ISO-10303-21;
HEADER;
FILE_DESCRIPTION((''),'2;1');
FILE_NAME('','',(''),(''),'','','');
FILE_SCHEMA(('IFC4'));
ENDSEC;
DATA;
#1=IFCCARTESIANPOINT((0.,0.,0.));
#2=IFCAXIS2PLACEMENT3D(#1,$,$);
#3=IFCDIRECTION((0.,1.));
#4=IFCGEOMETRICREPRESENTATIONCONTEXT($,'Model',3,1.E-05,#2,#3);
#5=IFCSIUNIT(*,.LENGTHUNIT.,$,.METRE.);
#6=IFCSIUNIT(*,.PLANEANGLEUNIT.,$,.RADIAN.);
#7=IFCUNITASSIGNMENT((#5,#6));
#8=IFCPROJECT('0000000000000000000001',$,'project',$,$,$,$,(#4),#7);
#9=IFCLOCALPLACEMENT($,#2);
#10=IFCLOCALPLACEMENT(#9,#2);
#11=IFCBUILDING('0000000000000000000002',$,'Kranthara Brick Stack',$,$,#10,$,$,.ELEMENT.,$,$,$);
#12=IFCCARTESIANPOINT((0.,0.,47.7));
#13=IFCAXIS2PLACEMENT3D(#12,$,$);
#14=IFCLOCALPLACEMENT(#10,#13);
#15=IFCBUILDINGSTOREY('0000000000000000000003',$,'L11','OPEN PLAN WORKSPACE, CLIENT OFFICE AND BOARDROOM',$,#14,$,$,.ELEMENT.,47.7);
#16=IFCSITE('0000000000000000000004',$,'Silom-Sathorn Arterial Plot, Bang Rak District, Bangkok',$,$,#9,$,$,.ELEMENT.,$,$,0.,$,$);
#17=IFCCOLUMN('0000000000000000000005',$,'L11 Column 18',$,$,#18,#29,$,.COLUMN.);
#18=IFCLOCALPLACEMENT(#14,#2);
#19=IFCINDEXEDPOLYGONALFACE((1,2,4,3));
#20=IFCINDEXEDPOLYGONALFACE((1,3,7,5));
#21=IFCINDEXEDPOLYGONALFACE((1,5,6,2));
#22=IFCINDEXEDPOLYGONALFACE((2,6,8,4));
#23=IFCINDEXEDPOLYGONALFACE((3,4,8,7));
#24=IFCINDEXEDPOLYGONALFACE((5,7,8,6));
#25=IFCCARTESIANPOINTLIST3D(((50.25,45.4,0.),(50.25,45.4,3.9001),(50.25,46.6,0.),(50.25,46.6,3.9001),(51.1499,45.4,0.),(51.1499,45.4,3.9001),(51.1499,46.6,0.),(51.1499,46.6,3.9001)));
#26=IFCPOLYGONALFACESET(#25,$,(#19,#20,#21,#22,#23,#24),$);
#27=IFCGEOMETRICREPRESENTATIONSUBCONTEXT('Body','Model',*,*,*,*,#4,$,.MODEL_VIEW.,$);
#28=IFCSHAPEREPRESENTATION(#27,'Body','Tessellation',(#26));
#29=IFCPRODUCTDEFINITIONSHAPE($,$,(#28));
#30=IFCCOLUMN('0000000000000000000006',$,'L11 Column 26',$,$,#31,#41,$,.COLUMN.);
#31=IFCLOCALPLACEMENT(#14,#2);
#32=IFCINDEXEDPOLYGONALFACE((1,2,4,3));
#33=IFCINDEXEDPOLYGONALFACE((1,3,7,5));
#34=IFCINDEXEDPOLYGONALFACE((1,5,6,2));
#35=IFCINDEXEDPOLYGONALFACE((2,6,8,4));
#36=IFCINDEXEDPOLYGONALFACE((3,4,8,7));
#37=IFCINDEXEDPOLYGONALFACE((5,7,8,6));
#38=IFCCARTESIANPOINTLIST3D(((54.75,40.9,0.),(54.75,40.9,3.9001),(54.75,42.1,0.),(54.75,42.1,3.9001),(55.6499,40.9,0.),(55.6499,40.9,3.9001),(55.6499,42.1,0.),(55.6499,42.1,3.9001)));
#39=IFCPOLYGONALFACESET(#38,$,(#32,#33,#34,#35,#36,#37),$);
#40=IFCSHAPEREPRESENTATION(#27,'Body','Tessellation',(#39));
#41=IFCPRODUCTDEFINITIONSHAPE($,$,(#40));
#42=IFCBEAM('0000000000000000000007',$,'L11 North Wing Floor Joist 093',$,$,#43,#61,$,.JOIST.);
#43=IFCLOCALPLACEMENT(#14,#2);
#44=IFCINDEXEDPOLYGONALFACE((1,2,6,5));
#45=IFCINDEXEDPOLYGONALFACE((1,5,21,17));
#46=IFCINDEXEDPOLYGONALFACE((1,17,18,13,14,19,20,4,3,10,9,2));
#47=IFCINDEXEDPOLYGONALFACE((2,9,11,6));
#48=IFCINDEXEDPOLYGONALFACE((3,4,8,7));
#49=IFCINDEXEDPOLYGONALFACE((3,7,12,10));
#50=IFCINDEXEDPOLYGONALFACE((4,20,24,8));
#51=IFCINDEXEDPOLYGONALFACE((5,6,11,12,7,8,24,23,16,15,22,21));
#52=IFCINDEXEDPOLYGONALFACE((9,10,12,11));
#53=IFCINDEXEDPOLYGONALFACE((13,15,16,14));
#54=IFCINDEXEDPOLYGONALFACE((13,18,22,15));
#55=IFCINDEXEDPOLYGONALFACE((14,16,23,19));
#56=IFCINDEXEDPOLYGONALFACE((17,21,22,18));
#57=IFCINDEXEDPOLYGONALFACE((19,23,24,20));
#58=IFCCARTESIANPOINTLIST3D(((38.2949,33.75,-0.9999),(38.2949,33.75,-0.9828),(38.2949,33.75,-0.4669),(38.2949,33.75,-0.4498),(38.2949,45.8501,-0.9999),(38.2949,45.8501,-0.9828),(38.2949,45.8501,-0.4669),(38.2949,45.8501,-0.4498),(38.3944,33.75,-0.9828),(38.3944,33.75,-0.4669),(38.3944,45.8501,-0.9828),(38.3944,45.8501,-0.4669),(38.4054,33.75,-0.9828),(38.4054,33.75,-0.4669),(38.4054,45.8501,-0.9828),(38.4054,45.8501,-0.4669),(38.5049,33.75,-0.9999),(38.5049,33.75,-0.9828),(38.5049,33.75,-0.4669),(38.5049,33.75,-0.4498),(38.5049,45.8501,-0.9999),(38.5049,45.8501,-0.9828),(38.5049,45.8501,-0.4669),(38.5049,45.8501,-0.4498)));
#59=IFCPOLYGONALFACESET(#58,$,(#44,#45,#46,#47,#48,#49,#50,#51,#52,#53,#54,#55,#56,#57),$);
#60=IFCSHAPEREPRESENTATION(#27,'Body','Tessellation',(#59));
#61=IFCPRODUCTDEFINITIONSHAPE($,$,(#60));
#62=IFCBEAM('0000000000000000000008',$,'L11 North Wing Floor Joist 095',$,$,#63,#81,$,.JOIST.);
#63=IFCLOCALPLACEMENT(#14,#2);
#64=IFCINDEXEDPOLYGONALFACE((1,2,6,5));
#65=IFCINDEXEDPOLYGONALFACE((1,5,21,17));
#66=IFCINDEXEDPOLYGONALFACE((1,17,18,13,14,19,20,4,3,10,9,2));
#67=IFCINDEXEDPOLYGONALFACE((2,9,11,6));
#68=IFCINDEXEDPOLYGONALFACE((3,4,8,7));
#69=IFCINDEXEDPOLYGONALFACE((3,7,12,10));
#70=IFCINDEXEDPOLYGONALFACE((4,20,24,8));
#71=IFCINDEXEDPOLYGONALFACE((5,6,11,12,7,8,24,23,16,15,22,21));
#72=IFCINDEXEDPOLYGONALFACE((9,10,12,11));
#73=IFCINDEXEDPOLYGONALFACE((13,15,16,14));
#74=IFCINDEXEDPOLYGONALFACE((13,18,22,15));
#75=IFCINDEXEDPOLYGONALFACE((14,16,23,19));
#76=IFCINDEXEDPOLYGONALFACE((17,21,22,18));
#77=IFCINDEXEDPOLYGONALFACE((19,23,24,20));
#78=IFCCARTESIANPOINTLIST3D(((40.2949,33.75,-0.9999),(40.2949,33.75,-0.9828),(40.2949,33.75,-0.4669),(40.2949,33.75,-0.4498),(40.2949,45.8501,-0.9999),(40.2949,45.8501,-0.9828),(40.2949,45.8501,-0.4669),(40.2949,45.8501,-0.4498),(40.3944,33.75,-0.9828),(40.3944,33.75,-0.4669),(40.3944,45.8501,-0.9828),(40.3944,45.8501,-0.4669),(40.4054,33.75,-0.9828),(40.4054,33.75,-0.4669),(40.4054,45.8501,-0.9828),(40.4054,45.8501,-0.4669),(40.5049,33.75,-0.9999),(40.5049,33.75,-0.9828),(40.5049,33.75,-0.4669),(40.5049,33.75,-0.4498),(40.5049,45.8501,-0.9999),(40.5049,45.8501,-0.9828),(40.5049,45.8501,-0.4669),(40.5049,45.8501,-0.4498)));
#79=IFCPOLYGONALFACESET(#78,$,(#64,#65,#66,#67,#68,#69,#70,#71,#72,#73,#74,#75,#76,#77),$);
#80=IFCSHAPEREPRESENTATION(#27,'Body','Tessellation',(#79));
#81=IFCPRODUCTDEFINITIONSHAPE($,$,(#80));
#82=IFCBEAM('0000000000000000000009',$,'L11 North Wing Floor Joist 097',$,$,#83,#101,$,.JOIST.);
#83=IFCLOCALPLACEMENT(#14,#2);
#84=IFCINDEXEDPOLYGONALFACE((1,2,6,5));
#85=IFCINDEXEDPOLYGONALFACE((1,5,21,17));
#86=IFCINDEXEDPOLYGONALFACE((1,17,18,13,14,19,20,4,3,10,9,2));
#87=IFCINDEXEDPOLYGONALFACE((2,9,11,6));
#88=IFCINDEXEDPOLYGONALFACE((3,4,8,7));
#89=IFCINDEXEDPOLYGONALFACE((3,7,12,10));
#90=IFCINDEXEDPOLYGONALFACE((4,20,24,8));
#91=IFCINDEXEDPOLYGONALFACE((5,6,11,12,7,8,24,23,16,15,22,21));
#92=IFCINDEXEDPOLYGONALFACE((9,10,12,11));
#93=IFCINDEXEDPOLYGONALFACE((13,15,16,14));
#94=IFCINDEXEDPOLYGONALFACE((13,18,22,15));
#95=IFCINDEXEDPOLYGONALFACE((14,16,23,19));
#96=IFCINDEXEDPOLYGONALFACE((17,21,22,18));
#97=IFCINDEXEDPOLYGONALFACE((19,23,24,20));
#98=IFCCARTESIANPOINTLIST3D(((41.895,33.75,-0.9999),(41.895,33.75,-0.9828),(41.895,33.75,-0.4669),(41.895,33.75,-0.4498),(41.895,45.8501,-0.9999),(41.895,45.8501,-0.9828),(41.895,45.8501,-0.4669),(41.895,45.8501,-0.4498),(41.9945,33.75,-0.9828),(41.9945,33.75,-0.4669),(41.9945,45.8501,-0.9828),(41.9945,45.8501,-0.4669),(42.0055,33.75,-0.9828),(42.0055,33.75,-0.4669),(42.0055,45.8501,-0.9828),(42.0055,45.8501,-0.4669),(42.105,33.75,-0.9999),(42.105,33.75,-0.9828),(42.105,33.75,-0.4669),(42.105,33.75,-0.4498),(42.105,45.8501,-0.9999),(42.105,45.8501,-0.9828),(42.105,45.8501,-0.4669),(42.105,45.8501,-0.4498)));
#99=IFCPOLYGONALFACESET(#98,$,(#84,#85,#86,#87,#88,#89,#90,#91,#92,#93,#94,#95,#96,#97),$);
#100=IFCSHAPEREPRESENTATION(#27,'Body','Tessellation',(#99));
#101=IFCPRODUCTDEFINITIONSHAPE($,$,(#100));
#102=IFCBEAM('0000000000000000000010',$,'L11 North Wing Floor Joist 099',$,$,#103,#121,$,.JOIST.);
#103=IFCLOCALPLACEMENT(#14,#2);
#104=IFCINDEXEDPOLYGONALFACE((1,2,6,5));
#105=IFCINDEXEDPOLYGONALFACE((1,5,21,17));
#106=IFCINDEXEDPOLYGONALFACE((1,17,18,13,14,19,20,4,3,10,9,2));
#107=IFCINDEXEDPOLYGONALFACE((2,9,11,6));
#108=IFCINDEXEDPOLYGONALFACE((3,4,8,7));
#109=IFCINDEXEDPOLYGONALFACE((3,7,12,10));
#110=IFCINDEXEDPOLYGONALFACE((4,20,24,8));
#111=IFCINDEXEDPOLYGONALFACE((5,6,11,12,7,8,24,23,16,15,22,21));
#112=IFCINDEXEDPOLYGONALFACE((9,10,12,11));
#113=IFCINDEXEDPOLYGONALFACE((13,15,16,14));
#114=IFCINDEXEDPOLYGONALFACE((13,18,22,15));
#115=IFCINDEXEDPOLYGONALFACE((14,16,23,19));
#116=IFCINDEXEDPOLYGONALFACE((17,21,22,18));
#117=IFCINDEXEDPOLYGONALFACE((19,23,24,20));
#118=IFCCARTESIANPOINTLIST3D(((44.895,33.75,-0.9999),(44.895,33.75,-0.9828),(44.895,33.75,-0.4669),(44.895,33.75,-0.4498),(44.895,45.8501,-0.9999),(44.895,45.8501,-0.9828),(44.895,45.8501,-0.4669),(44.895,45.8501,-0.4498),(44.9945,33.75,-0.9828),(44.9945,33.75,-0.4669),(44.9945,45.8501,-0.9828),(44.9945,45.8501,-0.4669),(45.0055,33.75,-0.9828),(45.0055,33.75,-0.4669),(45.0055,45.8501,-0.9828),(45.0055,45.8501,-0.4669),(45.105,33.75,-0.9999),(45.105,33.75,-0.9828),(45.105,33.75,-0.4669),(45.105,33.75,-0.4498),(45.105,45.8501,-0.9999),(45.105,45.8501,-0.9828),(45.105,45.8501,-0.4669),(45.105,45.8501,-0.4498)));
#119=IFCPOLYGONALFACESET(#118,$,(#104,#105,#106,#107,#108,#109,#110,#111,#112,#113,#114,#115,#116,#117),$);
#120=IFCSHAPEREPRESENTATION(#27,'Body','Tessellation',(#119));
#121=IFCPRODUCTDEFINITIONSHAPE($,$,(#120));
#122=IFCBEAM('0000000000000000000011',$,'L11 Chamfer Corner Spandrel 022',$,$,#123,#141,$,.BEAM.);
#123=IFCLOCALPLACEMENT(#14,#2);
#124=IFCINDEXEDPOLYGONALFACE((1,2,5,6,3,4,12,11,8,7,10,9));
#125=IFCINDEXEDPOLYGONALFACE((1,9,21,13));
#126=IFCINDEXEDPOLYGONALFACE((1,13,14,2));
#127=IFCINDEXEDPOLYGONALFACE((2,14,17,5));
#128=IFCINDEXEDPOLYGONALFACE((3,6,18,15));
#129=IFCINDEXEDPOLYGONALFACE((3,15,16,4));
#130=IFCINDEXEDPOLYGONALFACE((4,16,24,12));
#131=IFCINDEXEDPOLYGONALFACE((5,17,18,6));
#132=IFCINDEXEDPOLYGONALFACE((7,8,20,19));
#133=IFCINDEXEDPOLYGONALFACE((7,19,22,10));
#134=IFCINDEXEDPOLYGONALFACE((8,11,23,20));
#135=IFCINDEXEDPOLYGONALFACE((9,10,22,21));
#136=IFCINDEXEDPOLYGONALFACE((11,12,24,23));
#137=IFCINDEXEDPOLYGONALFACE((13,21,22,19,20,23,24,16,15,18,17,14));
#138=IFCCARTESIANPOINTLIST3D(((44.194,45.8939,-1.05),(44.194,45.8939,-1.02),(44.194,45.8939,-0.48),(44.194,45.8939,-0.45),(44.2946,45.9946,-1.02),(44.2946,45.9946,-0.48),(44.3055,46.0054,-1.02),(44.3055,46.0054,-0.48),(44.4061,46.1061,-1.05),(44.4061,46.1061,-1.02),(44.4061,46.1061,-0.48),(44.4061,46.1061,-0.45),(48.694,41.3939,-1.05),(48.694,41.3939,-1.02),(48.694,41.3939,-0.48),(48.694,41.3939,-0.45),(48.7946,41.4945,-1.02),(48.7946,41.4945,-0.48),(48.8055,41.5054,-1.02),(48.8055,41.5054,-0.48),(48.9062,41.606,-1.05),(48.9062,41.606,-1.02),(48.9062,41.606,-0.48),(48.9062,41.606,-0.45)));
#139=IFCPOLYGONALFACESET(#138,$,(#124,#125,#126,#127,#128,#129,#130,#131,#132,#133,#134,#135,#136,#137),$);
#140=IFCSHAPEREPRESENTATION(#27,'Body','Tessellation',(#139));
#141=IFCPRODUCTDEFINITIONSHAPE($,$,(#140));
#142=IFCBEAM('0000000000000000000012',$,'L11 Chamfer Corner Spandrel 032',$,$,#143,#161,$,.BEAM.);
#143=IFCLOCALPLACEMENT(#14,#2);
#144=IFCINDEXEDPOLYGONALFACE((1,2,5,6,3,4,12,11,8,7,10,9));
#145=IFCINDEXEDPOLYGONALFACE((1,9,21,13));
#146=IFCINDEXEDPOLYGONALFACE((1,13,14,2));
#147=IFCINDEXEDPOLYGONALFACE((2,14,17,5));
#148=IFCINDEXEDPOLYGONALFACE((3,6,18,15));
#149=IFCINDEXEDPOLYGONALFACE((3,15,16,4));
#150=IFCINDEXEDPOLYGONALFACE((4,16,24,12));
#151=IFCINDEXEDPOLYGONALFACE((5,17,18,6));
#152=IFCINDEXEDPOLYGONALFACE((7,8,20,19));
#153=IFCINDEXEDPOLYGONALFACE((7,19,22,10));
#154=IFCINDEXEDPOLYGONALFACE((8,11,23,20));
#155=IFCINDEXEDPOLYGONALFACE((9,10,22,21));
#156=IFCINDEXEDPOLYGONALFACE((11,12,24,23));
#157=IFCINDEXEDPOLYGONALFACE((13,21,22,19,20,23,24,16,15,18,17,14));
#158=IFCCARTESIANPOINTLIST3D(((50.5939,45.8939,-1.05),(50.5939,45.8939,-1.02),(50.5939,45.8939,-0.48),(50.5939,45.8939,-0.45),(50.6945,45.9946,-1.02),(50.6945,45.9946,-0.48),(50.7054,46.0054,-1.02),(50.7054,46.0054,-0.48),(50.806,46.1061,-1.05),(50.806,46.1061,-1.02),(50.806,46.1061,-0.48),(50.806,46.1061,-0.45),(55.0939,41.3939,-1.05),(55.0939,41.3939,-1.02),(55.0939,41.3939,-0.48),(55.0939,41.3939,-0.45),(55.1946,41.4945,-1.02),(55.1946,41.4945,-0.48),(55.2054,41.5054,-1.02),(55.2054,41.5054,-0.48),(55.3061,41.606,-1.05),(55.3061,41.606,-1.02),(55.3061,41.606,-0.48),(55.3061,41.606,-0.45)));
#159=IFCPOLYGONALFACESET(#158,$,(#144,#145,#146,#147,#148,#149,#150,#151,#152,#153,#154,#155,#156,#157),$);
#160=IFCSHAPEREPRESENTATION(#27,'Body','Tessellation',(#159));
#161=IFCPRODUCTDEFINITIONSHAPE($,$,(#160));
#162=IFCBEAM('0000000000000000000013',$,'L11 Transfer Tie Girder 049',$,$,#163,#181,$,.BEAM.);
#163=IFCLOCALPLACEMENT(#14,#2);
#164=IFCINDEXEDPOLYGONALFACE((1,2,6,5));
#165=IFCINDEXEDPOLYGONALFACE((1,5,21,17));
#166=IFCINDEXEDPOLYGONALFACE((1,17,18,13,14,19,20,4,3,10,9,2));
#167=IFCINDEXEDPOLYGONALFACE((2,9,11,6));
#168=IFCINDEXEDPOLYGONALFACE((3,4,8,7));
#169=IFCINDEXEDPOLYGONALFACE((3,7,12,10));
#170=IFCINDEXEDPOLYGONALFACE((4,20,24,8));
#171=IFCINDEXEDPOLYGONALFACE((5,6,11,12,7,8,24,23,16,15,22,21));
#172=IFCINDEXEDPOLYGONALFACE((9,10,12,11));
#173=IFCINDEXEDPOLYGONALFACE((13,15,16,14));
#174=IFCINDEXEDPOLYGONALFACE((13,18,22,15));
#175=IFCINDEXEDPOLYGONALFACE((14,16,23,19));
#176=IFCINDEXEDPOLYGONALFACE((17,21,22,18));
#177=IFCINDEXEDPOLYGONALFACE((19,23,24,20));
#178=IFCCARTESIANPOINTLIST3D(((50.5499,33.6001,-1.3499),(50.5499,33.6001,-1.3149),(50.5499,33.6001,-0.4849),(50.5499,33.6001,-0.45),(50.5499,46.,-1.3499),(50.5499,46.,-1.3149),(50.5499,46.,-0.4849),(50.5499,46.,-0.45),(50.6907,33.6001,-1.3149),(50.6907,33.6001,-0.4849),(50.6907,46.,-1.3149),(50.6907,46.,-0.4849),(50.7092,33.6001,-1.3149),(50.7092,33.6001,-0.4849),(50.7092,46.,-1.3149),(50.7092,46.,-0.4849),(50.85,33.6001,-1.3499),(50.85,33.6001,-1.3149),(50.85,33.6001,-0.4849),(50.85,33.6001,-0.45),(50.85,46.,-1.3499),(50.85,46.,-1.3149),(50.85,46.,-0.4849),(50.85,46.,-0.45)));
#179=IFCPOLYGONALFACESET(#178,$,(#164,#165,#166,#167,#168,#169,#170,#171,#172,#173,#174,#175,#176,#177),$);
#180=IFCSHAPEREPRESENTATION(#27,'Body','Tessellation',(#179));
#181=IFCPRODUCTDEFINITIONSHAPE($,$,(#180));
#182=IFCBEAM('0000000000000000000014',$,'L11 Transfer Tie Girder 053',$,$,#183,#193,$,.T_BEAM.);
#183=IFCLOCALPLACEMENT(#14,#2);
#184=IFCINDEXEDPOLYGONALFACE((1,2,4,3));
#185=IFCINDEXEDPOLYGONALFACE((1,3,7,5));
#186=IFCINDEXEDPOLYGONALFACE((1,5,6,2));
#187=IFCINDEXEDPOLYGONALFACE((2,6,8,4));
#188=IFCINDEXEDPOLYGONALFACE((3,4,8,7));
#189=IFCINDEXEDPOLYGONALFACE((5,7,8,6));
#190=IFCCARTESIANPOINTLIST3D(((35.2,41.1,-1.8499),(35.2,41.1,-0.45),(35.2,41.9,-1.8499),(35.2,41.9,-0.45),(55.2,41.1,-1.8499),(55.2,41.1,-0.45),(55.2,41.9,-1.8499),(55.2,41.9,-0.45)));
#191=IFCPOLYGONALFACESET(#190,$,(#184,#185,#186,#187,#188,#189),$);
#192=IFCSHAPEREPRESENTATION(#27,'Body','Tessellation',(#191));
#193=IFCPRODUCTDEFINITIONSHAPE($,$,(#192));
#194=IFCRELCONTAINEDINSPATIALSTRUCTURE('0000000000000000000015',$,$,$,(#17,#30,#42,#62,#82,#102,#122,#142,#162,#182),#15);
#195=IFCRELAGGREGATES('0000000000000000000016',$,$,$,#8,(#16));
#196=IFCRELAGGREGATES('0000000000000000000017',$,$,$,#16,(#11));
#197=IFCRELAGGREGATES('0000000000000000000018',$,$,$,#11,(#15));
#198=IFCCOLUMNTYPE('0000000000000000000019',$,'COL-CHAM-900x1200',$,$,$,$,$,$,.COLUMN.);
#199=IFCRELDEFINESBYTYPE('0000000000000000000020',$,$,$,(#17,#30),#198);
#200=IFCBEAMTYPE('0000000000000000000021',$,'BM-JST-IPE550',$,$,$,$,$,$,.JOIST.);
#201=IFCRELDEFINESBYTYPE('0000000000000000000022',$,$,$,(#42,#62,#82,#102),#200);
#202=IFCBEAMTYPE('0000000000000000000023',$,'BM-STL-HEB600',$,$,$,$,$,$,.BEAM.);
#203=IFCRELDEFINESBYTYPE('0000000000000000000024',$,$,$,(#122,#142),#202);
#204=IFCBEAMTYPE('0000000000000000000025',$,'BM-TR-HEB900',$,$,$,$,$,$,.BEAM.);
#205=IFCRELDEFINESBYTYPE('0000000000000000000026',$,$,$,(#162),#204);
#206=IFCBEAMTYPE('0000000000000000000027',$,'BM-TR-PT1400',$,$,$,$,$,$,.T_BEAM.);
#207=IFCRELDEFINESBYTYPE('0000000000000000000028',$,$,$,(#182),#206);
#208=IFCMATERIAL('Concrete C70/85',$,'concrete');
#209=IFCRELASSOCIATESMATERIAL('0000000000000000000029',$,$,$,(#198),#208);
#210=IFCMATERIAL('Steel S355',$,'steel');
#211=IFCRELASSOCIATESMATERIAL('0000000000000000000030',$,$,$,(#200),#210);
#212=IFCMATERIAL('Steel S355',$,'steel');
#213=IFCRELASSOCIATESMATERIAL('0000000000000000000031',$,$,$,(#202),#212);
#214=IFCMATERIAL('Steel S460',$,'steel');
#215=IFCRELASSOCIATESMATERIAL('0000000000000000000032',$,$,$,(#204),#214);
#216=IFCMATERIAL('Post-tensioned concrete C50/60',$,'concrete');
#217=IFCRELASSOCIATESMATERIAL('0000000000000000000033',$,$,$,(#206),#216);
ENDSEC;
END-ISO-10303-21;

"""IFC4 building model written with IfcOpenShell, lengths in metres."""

from ifc_helpers import new_model, si_unit, direction, frame, origin, origin_2d, place, context, subcontext, project, spatial, rectangle, i_section, extrude, material, material_profile, profile_set, type_object, element, save


model = new_model("IFC4")

# Units and contexts
model_context = context("Model", 3, precision=1e-05, world=origin(), true_north=direction((0.0, 1.0)))
body_context = subcontext(model_context, "Body", "Model", "MODEL_VIEW")
ifc_project = project(units=[si_unit("LENGTHUNIT", "METRE"), si_unit("PLANEANGLEUNIT", "RADIAN")], contexts=[model_context])

# Site, building, storey
site_placement = place(None, origin())
site = spatial("IfcSite", under=ifc_project, at=site_placement, Name="Silom-Sathorn Arterial Plot, Bang Rak District, Bangkok", CompositionType="ELEMENT", RefElevation=0.0)
building_placement = place(site_placement, origin())
building = spatial("IfcBuilding", under=site, at=building_placement, Name="Kranthara Brick Stack", CompositionType="ELEMENT")
storey_placement = place(building_placement, frame((0.0, 0.0, 47.7)))
storey = spatial("IfcBuildingStorey", under=building, at=storey_placement, Name="L11", Description="OPEN PLAN WORKSPACE, CLIENT OFFICE AND BOARDROOM", CompositionType="ELEMENT", Elevation=47.7)

# Columns
ifc_material_1 = material(Name="Concrete C70/85", Category="concrete")
ifc_material_profile_1 = material_profile(ifc_material_1, rectangle(XDim=0.8999, YDim=1.2, at=origin_2d()), Name="RC 900x1200")
ifc_profile_set_1 = profile_set([ifc_material_profile_1], Name="Concrete C70/85")
column_type = type_object("IfcColumnType", Name="COL-CHAM-900x1200", PredefinedType="COLUMN", material=ifc_profile_set_1)
for number, where, z_axis, x_axis, name in (
    (1, (50.7, 46.0, 0.0), (0.0, 0.0, 1.0), (1.0, 0.0, 0.0), "L11 Column 18"),
    (2, (55.2, 41.5, 0.0), (0.0, 0.0, 1.0), (1.0, 0.0, 0.0), "L11 Column 26"),
):
    element("IfcColumn", number, at=place(storey_placement, frame(where, z_axis=z_axis, x_axis=x_axis)), inside=storey, type_object=column_type, Name=name, PredefinedType="COLUMN", context=body_context, shape_type="SweptSolid", body=[
        extrude(rectangle(XDim=0.8999, YDim=1.2, at=origin_2d()), origin(), (0.0, 0.0, 1.0), 3.9001),
    ])

# Beams
ifc_material_2 = material(Name="Steel S355", Category="steel")
ifc_material_profile_2 = material_profile(ifc_material_2, i_section(OverallWidth=0.21, OverallDepth=0.55, WebThickness=0.011, FlangeThickness=0.0171, at=origin_2d()), Name="IPE 550")
ifc_profile_set_2 = profile_set([ifc_material_profile_2], Name="Steel S355")
beam_type_1 = type_object("IfcBeamType", Name="BM-JST-IPE550", PredefinedType="JOIST", material=ifc_profile_set_2)
for number, where, z_axis, x_axis, name in (
    (3, (38.3999, 33.75, -0.7249), (0.0, 1.0, 0.0), (-1.0, 0.0, 0.0), "L11 North Wing Floor Joist 093"),
    (4, (40.3999, 33.75, -0.7249), (0.0, 1.0, 0.0), (-1.0, 0.0, 0.0), "L11 North Wing Floor Joist 095"),
    (5, (42.0, 33.75, -0.7249), (0.0, 1.0, 0.0), (-1.0, 0.0, 0.0), "L11 North Wing Floor Joist 097"),
    (6, (45.0, 33.75, -0.7249), (0.0, 1.0, 0.0), (-1.0, 0.0, 0.0), "L11 North Wing Floor Joist 099"),
):
    element("IfcBeam", number, at=place(storey_placement, frame(where, z_axis=z_axis, x_axis=x_axis)), inside=storey, type_object=beam_type_1, Name=name, PredefinedType="JOIST", context=body_context, shape_type="SweptSolid", body=[
        extrude(i_section(OverallWidth=0.21, OverallDepth=0.55, WebThickness=0.011, FlangeThickness=0.0171, at=origin_2d()), origin(), (0.0, 0.0, 1.0), 12.1001),
    ])
ifc_material_3 = material(Name="Steel S355", Category="steel")
ifc_material_profile_3 = material_profile(ifc_material_3, i_section(OverallWidth=0.3, OverallDepth=0.6001, WebThickness=0.0154, FlangeThickness=0.03, at=origin_2d()), Name="HEB 600")
ifc_profile_set_3 = profile_set([ifc_material_profile_3], Name="Steel S355")
beam_type_2 = type_object("IfcBeamType", Name="BM-STL-HEB600", PredefinedType="BEAM", material=ifc_profile_set_3)
for number, where, z_axis, x_axis, name in (
    (7, (44.3, 46.0, -0.75), (0.707107, -0.707107, 0.0), (0.707107, 0.707107, 0.0), "L11 Chamfer Corner Spandrel 022"),
    (8, (50.7, 46.0, -0.75), (0.707107, -0.707107, 0.0), (0.707107, 0.707107, 0.0), "L11 Chamfer Corner Spandrel 032"),
):
    element("IfcBeam", number, at=place(storey_placement, frame(where, z_axis=z_axis, x_axis=x_axis)), inside=storey, type_object=beam_type_2, Name=name, PredefinedType="BEAM", context=body_context, shape_type="SweptSolid", body=[
        extrude(i_section(OverallWidth=0.3, OverallDepth=0.6001, WebThickness=0.0154, FlangeThickness=0.03, at=origin_2d()), origin(), (0.0, 0.0, 1.0), 6.364),
    ])
ifc_material_4 = material(Name="Steel S460", Category="steel")
ifc_material_profile_4 = material_profile(ifc_material_4, i_section(OverallWidth=0.3, OverallDepth=0.8999, WebThickness=0.0186, FlangeThickness=0.0349, at=origin_2d()), Name="HEB 900")
ifc_profile_set_4 = profile_set([ifc_material_profile_4], Name="Steel S460")
beam_type_3 = type_object("IfcBeamType", Name="BM-TR-HEB900", PredefinedType="BEAM", material=ifc_profile_set_4)
beam_1_placement = place(storey_placement, frame((50.7, 46.0, -0.8999), z_axis=(0.0, -1.0, 0.0), x_axis=(1.0, 0.0, 0.0)))
element("IfcBeam", 9, at=beam_1_placement, inside=storey, type_object=beam_type_3, Name="L11 Transfer Tie Girder 049", PredefinedType="BEAM", context=body_context, shape_type="SweptSolid", body=[
    extrude(i_section(OverallWidth=0.3, OverallDepth=0.8999, WebThickness=0.0186, FlangeThickness=0.0349, at=origin_2d()), origin(), (0.0, 0.0, 1.0), 12.3999),
])
ifc_material_5 = material(Name="Post-tensioned concrete C50/60", Category="concrete")
ifc_material_profile_5 = material_profile(ifc_material_5, rectangle(XDim=0.8, YDim=1.3999, at=origin_2d()), Name="PT 800x1400")
ifc_profile_set_5 = profile_set([ifc_material_profile_5], Name="Post-tensioned concrete C50/60")
beam_type_4 = type_object("IfcBeamType", Name="BM-TR-PT1400", PredefinedType="T_BEAM", material=ifc_profile_set_5)
beam_2_placement = place(storey_placement, frame((55.2, 41.5, -1.1499), z_axis=(-1.0, 0.0, 0.0), x_axis=(0.0, -1.0, 0.0)))
element("IfcBeam", 10, at=beam_2_placement, inside=storey, type_object=beam_type_4, Name="L11 Transfer Tie Girder 053", PredefinedType="T_BEAM", context=body_context, shape_type="SweptSolid", body=[
    extrude(rectangle(XDim=0.8, YDim=1.3999, at=origin_2d()), origin(), (0.0, 0.0, 1.0), 20.0),
])

save(model, "model.ifc")
